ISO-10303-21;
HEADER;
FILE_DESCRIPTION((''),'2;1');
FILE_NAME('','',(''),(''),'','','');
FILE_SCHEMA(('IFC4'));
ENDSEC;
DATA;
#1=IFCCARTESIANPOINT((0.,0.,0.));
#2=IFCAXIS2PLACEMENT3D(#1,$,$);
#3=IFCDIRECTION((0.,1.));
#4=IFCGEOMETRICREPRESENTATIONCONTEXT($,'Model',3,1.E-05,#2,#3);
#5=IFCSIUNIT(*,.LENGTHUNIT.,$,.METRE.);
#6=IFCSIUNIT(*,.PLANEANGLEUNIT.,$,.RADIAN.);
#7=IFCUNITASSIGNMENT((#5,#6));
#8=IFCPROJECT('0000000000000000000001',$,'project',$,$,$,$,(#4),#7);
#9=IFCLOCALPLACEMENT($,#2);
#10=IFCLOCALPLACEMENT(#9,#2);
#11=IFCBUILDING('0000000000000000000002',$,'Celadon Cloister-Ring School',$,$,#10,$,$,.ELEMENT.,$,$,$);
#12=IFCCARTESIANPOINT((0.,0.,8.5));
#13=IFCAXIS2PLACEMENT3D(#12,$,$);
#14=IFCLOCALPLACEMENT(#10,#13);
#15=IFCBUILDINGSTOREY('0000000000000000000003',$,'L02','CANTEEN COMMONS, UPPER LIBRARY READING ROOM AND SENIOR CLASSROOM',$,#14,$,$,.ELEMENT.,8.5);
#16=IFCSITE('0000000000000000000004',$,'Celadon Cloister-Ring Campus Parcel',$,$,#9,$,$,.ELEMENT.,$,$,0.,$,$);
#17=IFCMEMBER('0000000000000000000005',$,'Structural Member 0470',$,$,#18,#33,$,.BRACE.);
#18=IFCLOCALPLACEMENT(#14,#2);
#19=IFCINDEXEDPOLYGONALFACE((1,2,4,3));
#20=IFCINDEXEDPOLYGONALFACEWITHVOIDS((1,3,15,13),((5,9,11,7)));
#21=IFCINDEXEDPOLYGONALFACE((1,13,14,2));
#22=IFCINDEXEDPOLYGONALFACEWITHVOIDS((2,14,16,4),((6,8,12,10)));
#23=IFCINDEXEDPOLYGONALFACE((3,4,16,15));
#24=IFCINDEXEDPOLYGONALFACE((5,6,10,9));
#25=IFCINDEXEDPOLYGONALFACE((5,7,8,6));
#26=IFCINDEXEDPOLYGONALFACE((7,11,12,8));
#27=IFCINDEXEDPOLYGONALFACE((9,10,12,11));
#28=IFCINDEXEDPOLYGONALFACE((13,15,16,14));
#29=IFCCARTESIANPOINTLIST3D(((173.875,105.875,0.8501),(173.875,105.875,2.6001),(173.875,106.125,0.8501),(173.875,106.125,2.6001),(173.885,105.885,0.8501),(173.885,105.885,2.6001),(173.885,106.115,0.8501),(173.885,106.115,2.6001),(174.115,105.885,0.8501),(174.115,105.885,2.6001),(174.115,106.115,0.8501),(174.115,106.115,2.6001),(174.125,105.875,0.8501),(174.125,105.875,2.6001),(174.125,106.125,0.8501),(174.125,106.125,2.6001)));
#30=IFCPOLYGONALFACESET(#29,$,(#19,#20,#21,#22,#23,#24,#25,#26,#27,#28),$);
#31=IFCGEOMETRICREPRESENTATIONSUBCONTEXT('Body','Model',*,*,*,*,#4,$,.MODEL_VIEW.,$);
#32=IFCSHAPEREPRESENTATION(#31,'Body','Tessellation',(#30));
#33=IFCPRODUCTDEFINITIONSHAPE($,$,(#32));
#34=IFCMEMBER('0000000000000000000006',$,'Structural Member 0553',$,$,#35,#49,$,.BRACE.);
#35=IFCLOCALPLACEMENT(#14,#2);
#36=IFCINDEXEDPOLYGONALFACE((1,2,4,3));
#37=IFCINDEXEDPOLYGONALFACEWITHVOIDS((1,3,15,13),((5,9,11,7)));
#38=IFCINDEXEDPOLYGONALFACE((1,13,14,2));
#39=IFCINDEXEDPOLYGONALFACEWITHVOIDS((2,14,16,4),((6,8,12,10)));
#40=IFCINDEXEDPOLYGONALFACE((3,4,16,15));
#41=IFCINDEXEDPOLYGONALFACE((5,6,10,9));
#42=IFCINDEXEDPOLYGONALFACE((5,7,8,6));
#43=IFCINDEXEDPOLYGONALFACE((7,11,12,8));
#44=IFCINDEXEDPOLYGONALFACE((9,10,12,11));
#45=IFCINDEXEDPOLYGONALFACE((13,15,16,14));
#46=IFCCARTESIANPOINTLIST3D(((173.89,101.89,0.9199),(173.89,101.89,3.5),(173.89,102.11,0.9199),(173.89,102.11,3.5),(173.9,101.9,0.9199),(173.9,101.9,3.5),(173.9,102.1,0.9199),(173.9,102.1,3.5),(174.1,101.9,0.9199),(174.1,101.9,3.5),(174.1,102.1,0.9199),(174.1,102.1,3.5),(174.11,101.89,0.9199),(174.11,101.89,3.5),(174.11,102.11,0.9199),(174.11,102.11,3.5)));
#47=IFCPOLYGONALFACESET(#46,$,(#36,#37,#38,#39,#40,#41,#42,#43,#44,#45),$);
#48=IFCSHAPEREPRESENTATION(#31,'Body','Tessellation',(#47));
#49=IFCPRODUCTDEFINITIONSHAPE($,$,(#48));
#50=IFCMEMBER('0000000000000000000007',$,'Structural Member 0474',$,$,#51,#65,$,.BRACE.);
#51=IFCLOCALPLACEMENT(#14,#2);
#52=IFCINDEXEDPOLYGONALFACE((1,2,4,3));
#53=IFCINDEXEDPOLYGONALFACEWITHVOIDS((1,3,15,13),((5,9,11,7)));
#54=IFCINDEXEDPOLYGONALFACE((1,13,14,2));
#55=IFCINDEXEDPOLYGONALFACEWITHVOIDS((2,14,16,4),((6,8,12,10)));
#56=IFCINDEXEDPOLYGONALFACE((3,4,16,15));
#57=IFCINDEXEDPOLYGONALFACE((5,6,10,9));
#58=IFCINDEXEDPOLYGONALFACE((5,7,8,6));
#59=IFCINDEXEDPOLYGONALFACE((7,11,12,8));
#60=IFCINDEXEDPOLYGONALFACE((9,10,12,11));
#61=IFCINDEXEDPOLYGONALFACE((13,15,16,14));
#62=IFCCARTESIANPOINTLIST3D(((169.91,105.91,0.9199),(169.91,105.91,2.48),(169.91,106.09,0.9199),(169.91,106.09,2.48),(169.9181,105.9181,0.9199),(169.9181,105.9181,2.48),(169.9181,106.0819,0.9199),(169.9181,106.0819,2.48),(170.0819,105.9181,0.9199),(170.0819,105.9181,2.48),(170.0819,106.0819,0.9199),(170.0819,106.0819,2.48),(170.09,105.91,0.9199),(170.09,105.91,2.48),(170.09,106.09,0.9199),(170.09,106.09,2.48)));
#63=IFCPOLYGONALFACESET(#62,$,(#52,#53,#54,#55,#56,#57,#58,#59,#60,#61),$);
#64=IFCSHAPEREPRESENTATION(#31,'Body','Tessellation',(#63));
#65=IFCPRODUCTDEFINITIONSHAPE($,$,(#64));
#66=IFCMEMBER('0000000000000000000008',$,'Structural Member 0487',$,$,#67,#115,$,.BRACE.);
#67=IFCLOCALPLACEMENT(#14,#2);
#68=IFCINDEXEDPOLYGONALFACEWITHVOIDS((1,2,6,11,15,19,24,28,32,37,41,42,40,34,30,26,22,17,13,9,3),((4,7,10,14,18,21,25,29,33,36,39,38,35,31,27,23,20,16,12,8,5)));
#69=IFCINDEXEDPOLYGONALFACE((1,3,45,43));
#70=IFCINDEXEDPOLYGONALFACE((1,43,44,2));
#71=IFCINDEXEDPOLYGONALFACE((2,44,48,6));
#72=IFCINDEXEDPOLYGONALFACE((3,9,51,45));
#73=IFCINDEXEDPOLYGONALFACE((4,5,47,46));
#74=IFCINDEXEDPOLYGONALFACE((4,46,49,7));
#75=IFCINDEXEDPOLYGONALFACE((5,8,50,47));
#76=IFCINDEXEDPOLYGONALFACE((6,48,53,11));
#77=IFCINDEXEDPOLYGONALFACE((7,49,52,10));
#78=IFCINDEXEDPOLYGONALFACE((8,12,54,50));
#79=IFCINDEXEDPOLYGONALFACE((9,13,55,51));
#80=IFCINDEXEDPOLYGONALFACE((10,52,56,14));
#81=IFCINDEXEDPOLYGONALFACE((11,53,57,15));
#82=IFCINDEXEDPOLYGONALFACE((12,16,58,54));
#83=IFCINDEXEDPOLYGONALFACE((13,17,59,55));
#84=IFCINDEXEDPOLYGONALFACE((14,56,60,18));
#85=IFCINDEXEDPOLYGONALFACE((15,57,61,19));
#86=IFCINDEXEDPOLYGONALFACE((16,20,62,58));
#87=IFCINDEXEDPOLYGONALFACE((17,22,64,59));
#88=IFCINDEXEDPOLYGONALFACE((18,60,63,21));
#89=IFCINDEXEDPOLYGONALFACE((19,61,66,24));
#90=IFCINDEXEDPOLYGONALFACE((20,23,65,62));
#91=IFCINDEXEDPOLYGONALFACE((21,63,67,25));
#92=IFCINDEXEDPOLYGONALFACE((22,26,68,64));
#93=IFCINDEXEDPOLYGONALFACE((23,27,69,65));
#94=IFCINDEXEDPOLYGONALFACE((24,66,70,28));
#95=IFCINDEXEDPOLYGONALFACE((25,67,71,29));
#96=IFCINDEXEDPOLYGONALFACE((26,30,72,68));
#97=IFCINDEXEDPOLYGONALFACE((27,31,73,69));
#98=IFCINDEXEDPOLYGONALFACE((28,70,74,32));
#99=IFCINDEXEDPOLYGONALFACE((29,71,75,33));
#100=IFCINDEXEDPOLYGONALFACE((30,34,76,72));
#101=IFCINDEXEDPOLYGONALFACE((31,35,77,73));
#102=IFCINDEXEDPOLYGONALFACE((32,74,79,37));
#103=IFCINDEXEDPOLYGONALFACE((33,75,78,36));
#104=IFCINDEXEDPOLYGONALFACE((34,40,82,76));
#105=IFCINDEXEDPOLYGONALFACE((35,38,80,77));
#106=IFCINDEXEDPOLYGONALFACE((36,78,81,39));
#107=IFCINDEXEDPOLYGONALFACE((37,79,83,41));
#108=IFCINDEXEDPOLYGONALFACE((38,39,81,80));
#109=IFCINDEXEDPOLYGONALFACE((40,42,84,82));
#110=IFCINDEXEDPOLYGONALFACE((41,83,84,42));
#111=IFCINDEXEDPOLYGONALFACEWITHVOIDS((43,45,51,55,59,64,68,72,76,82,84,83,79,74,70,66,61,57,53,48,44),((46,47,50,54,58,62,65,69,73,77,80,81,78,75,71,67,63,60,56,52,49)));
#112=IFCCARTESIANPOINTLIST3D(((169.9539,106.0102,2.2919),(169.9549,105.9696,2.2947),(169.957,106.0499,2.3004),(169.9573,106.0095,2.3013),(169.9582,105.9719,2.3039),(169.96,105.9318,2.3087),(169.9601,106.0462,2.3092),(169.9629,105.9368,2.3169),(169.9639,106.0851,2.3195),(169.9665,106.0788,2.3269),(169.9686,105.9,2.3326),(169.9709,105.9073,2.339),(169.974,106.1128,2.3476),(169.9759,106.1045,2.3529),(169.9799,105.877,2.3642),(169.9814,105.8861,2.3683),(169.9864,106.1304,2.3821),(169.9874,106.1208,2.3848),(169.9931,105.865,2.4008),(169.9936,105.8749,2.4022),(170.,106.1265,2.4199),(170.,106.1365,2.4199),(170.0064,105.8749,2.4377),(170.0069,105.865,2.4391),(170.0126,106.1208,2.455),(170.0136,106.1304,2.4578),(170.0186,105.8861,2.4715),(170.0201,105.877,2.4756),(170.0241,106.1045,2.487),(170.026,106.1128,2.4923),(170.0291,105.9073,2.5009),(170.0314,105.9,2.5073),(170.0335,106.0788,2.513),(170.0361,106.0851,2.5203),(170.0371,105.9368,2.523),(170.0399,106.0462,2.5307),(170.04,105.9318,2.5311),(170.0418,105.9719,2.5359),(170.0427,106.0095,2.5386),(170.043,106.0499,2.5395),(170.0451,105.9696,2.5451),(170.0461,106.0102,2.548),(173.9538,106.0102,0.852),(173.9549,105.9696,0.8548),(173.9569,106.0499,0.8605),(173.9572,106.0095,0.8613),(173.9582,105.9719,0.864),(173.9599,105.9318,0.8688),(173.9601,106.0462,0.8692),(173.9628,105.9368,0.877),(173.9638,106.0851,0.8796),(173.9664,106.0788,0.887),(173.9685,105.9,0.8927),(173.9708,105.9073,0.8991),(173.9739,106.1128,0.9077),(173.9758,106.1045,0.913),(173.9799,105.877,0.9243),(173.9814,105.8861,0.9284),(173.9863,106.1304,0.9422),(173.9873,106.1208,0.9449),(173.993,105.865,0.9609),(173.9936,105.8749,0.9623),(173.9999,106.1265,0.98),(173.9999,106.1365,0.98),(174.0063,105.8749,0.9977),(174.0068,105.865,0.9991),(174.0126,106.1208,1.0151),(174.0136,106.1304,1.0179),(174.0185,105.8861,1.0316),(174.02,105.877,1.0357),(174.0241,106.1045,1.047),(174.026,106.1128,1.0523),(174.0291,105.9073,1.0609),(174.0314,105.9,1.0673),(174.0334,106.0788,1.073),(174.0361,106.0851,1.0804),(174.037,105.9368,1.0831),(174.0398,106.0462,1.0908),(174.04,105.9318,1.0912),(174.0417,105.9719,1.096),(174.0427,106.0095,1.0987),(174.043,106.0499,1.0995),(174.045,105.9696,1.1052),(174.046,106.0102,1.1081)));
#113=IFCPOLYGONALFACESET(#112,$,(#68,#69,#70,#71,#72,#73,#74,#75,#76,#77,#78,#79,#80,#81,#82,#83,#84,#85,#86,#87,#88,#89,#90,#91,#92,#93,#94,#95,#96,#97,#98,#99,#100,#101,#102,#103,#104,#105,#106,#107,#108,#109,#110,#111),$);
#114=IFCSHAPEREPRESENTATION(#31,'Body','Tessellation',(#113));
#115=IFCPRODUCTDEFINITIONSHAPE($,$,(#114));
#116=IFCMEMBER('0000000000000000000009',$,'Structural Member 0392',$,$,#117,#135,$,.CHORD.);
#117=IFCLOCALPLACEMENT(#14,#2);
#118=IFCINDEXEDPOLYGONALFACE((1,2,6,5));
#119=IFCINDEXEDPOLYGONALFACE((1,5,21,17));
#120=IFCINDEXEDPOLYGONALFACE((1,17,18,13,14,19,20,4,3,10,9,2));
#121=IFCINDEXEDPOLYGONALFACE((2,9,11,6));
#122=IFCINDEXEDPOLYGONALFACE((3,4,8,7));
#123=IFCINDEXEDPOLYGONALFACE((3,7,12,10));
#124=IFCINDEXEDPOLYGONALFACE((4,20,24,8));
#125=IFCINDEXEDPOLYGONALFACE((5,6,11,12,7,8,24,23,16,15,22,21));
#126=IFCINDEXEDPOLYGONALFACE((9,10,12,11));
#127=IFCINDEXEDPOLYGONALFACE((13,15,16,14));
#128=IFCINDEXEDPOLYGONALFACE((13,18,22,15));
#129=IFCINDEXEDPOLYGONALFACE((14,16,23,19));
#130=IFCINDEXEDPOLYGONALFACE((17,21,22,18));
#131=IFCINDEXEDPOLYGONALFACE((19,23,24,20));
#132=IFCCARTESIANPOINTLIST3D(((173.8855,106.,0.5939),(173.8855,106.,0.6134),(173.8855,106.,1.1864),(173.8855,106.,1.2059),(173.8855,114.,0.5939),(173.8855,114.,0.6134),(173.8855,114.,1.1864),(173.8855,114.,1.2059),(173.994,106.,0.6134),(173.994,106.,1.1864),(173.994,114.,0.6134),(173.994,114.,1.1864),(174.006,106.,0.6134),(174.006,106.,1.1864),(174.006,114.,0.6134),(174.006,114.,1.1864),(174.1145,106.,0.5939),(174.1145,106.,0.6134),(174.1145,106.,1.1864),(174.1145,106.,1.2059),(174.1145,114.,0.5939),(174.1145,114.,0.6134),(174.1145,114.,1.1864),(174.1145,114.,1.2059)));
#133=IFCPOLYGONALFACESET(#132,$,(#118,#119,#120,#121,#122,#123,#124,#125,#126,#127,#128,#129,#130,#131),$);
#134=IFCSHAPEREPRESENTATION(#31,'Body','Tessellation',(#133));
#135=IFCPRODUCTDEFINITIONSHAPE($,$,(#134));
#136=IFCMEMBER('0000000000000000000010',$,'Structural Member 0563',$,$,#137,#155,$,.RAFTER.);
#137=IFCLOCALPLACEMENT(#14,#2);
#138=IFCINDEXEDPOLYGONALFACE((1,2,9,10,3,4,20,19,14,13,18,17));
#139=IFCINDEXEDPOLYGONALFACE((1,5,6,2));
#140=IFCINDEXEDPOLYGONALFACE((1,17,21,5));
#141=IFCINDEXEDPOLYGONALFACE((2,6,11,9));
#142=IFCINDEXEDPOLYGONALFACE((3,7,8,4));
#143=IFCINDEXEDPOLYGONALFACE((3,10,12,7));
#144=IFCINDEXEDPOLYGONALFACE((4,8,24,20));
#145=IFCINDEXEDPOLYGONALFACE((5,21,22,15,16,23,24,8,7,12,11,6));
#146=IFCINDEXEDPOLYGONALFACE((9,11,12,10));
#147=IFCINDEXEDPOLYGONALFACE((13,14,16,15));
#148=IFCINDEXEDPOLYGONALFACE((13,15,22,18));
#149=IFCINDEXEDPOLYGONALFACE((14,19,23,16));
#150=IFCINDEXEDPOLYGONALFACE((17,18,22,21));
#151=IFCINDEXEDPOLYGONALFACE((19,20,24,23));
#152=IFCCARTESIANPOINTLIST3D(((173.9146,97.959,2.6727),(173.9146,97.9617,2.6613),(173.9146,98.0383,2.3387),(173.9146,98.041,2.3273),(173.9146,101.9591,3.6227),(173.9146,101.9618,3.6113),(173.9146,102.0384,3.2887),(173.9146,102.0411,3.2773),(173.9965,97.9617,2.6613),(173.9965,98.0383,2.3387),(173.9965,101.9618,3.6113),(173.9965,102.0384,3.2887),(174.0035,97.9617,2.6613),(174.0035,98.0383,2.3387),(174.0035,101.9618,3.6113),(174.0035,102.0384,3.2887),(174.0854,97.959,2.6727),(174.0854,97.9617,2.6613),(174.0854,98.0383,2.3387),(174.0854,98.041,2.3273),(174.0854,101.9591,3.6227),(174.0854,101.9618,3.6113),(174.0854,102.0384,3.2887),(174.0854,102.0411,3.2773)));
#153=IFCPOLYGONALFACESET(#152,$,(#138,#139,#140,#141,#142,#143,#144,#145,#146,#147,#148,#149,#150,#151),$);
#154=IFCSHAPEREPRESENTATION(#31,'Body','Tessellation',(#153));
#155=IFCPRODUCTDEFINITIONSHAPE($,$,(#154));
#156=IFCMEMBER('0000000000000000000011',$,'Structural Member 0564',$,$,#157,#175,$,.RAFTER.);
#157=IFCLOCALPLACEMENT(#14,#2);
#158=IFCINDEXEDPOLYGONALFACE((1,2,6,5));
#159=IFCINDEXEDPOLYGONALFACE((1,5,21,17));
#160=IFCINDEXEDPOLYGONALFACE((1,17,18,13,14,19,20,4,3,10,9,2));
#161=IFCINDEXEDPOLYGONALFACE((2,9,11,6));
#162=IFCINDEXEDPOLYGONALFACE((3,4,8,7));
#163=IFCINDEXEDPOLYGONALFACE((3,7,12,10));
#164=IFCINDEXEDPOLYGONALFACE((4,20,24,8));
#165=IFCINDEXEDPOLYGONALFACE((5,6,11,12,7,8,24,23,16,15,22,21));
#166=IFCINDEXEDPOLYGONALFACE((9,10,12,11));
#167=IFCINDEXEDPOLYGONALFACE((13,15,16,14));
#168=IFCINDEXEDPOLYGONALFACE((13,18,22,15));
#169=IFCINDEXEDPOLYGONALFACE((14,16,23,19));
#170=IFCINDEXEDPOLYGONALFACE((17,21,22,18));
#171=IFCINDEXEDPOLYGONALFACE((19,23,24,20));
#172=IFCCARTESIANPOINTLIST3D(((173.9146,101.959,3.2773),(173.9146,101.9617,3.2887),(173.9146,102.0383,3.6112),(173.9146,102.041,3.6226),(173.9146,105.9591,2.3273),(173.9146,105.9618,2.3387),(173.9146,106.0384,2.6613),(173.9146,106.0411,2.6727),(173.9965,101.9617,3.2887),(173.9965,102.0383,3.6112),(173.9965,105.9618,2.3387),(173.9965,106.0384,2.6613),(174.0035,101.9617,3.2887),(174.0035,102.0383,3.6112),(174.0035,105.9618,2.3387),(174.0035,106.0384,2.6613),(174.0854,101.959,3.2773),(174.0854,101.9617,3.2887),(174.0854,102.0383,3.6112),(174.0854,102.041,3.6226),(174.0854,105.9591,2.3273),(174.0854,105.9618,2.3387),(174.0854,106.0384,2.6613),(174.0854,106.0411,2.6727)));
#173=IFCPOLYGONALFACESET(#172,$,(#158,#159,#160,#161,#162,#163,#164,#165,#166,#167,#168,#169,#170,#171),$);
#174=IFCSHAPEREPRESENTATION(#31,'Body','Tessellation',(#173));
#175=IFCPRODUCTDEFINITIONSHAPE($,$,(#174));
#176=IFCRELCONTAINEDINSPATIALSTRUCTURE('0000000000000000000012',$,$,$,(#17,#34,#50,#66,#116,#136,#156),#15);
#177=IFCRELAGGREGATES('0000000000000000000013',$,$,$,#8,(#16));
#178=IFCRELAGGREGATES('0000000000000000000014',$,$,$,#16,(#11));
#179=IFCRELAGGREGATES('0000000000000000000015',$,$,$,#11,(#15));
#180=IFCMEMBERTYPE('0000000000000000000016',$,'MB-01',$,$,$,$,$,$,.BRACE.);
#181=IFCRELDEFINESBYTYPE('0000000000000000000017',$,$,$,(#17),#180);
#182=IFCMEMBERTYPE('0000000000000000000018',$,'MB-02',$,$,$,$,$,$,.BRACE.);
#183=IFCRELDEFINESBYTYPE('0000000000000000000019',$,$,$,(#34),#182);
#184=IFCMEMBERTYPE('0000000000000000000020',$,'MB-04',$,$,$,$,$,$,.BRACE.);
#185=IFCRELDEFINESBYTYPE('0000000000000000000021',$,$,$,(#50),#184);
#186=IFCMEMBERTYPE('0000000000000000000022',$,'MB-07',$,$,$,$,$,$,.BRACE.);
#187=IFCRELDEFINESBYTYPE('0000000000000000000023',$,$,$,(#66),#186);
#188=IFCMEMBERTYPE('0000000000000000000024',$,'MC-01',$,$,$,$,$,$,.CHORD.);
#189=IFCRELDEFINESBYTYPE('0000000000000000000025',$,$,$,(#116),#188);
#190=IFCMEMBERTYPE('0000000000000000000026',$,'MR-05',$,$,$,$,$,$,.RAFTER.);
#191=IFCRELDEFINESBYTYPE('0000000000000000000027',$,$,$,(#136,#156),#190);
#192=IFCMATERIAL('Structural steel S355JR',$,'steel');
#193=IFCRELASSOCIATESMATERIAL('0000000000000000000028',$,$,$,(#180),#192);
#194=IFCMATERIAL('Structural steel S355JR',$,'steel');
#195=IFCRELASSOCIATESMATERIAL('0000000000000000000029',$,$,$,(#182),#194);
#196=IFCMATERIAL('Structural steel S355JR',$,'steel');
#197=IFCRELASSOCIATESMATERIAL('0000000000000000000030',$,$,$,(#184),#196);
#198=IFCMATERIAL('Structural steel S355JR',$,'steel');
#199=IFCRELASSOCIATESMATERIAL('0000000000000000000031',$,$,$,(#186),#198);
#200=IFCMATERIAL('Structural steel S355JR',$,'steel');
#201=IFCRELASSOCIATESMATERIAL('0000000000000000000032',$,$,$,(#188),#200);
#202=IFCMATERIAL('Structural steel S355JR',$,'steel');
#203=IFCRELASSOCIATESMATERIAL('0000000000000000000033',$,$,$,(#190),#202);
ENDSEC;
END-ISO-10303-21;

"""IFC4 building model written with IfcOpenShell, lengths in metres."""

from ifc_helpers import new_model, si_unit, direction, frame, origin, origin_2d, place, context, subcontext, project, spatial, hollow_rectangle, hollow_circle, i_section, extrude, material, material_profile, profile_set, type_object, element, save


model = new_model("IFC4")

# Units and contexts
model_context = context("Model", 3, precision=1e-05, world=origin(), true_north=direction((0.0, 1.0)))
body_context = subcontext(model_context, "Body", "Model", "MODEL_VIEW")
ifc_project = project(units=[si_unit("LENGTHUNIT", "METRE"), si_unit("PLANEANGLEUNIT", "RADIAN")], contexts=[model_context])

# Site, building, storey
site_placement = place(None, origin())
site = spatial("IfcSite", under=ifc_project, at=site_placement, Name="Celadon Cloister-Ring Campus Parcel", CompositionType="ELEMENT", RefElevation=0.0)
building_placement = place(site_placement, origin())
building = spatial("IfcBuilding", under=site, at=building_placement, Name="Celadon Cloister-Ring School", CompositionType="ELEMENT")
storey_placement = place(building_placement, frame((0.0, 0.0, 8.5)))
storey = spatial("IfcBuildingStorey", under=building, at=storey_placement, Name="L02", Description="CANTEEN COMMONS, UPPER LIBRARY READING ROOM AND SENIOR CLASSROOM", CompositionType="ELEMENT", Elevation=8.5)

# Members
ifc_material_1 = material(Name="Structural steel S355JR", Category="steel")
ifc_material_profile_1 = material_profile(ifc_material_1, hollow_rectangle(XDim=0.25, YDim=0.25, WallThickness=0.01, at=origin_2d()), Name="HSS250X250X10")
ifc_profile_set_1 = profile_set([ifc_material_profile_1], Name="Structural steel S355JR")
member_type_1 = type_object("IfcMemberType", Name="MB-01", PredefinedType="BRACE", material=ifc_profile_set_1)
member_1_placement = place(storey_placement, frame((174.0, 106.0, 0.8501), z_axis=(0.0, 0.0, 1.0), x_axis=(1.0, 0.0, 0.0)))
element("IfcMember", 1, at=member_1_placement, inside=storey, type_object=member_type_1, Name="Structural Member 0470", PredefinedType="BRACE", context=body_context, shape_type="SweptSolid", body=[
    extrude(hollow_rectangle(XDim=0.25, YDim=0.25, WallThickness=0.01, at=origin_2d()), origin(), (0.0, 0.0, 1.0), 1.75),
])
ifc_material_2 = material(Name="Structural steel S355JR", Category="steel")
ifc_material_profile_2 = material_profile(ifc_material_2, hollow_rectangle(XDim=0.22, YDim=0.22, WallThickness=0.01, at=origin_2d()), Name="HSS220X220X10")
ifc_profile_set_2 = profile_set([ifc_material_profile_2], Name="Structural steel S355JR")
member_type_2 = type_object("IfcMemberType", Name="MB-02", PredefinedType="BRACE", material=ifc_profile_set_2)
member_2_placement = place(storey_placement, frame((174.0, 102.0, 0.9199), z_axis=(0.0, 0.0, 1.0), x_axis=(1.0, 0.0, 0.0)))
element("IfcMember", 2, at=member_2_placement, inside=storey, type_object=member_type_2, Name="Structural Member 0553", PredefinedType="BRACE", context=body_context, shape_type="SweptSolid", body=[
    extrude(hollow_rectangle(XDim=0.22, YDim=0.22, WallThickness=0.01, at=origin_2d()), origin(), (0.0, 0.0, 1.0), 2.5801),
])
ifc_material_3 = material(Name="Structural steel S355JR", Category="steel")
ifc_material_profile_3 = material_profile(ifc_material_3, hollow_rectangle(XDim=0.1799, YDim=0.1799, WallThickness=0.0081, at=origin_2d()), Name="HSS180X180X8")
ifc_profile_set_3 = profile_set([ifc_material_profile_3], Name="Structural steel S355JR")
member_type_3 = type_object("IfcMemberType", Name="MB-04", PredefinedType="BRACE", material=ifc_profile_set_3)
member_3_placement = place(storey_placement, frame((170.0, 106.0, 0.9199), z_axis=(0.0, 0.0, 1.0), x_axis=(1.0, 0.0, 0.0)))
element("IfcMember", 3, at=member_3_placement, inside=storey, type_object=member_type_3, Name="Structural Member 0474", PredefinedType="BRACE", context=body_context, shape_type="SweptSolid", body=[
    extrude(hollow_rectangle(XDim=0.1799, YDim=0.1799, WallThickness=0.0081, at=origin_2d()), origin(), (0.0, 0.0, 1.0), 1.5601),
])
ifc_material_4 = material(Name="Structural steel S355JR", Category="steel")
ifc_material_profile_4 = material_profile(ifc_material_4, hollow_circle(Radius=0.1365, WallThickness=0.01, at=origin_2d()), Name="CHS273.0X10")
ifc_profile_set_4 = profile_set([ifc_material_profile_4], Name="Structural steel S355JR")
member_type_4 = type_object("IfcMemberType", Name="MB-07", PredefinedType="BRACE", material=ifc_profile_set_4)
member_4_placement = place(storey_placement, frame((170.0, 106.0, 2.4199), z_axis=(0.940892, 0.0, -0.338707), x_axis=(0.0, 1.0, 0.0)))
element("IfcMember", 4, at=member_4_placement, inside=storey, type_object=member_type_4, Name="Structural Member 0487", PredefinedType="BRACE", context=body_context, shape_type="SweptSolid", body=[
    extrude(hollow_circle(Radius=0.1365, WallThickness=0.01, at=origin_2d()), origin(), (0.0, 0.0, 1.0), 4.2512),
])
ifc_material_5 = material(Name="Structural steel S355JR", Category="steel")
ifc_material_profile_5 = material_profile(ifc_material_5, i_section(OverallWidth=0.229, OverallDepth=0.6121, WebThickness=0.012, FlangeThickness=0.0195, at=origin_2d()), Name="W610X125")
ifc_profile_set_5 = profile_set([ifc_material_profile_5], Name="Structural steel S355JR")
member_type_5 = type_object("IfcMemberType", Name="MC-01", PredefinedType="CHORD", material=ifc_profile_set_5)
member_5_placement = place(storey_placement, frame((174.0, 106.0, 0.8999), z_axis=(0.0, 1.0, 0.0), x_axis=(-1.0, 0.0, 0.0)))
element("IfcMember", 5, at=member_5_placement, inside=storey, type_object=member_type_5, Name="Structural Member 0392", PredefinedType="CHORD", context=body_context, shape_type="SweptSolid", body=[
    extrude(i_section(OverallWidth=0.229, OverallDepth=0.6121, WebThickness=0.012, FlangeThickness=0.0195, at=origin_2d()), origin(), (0.0, 0.0, 1.0), 8.0),
])
ifc_material_6 = material(Name="Structural steel S355JR", Category="steel")
ifc_material_profile_6 = material_profile(ifc_material_6, i_section(OverallWidth=0.1709, OverallDepth=0.355, WebThickness=0.0071, FlangeThickness=0.0117, at=origin_2d()), Name="W360X51")
ifc_profile_set_6 = profile_set([ifc_material_profile_6], Name="Structural steel S355JR")
member_type_6 = type_object("IfcMemberType", Name="MR-05", PredefinedType="RAFTER", material=ifc_profile_set_6)
for number, where, z_axis, x_axis, name in (
    (6, (174.0, 98.0, 2.5), (0.0, 0.972939, 0.231061), (-1.0, 0.0, 0.0), "Structural Member 0563"),
    (7, (174.0, 102.0, 3.45), (0.0, 0.972939, -0.231061), (-1.0, 0.0, 0.0), "Structural Member 0564"),
):
    element("IfcMember", number, at=place(storey_placement, frame(where, z_axis=z_axis, x_axis=x_axis)), inside=storey, type_object=member_type_6, Name=name, PredefinedType="RAFTER", context=body_context, shape_type="SweptSolid", body=[
        extrude(i_section(OverallWidth=0.1709, OverallDepth=0.355, WebThickness=0.0071, FlangeThickness=0.0117, at=origin_2d()), origin(), (0.0, 0.0, 1.0), 4.1113),
    ])

save(model, "model.ifc")
